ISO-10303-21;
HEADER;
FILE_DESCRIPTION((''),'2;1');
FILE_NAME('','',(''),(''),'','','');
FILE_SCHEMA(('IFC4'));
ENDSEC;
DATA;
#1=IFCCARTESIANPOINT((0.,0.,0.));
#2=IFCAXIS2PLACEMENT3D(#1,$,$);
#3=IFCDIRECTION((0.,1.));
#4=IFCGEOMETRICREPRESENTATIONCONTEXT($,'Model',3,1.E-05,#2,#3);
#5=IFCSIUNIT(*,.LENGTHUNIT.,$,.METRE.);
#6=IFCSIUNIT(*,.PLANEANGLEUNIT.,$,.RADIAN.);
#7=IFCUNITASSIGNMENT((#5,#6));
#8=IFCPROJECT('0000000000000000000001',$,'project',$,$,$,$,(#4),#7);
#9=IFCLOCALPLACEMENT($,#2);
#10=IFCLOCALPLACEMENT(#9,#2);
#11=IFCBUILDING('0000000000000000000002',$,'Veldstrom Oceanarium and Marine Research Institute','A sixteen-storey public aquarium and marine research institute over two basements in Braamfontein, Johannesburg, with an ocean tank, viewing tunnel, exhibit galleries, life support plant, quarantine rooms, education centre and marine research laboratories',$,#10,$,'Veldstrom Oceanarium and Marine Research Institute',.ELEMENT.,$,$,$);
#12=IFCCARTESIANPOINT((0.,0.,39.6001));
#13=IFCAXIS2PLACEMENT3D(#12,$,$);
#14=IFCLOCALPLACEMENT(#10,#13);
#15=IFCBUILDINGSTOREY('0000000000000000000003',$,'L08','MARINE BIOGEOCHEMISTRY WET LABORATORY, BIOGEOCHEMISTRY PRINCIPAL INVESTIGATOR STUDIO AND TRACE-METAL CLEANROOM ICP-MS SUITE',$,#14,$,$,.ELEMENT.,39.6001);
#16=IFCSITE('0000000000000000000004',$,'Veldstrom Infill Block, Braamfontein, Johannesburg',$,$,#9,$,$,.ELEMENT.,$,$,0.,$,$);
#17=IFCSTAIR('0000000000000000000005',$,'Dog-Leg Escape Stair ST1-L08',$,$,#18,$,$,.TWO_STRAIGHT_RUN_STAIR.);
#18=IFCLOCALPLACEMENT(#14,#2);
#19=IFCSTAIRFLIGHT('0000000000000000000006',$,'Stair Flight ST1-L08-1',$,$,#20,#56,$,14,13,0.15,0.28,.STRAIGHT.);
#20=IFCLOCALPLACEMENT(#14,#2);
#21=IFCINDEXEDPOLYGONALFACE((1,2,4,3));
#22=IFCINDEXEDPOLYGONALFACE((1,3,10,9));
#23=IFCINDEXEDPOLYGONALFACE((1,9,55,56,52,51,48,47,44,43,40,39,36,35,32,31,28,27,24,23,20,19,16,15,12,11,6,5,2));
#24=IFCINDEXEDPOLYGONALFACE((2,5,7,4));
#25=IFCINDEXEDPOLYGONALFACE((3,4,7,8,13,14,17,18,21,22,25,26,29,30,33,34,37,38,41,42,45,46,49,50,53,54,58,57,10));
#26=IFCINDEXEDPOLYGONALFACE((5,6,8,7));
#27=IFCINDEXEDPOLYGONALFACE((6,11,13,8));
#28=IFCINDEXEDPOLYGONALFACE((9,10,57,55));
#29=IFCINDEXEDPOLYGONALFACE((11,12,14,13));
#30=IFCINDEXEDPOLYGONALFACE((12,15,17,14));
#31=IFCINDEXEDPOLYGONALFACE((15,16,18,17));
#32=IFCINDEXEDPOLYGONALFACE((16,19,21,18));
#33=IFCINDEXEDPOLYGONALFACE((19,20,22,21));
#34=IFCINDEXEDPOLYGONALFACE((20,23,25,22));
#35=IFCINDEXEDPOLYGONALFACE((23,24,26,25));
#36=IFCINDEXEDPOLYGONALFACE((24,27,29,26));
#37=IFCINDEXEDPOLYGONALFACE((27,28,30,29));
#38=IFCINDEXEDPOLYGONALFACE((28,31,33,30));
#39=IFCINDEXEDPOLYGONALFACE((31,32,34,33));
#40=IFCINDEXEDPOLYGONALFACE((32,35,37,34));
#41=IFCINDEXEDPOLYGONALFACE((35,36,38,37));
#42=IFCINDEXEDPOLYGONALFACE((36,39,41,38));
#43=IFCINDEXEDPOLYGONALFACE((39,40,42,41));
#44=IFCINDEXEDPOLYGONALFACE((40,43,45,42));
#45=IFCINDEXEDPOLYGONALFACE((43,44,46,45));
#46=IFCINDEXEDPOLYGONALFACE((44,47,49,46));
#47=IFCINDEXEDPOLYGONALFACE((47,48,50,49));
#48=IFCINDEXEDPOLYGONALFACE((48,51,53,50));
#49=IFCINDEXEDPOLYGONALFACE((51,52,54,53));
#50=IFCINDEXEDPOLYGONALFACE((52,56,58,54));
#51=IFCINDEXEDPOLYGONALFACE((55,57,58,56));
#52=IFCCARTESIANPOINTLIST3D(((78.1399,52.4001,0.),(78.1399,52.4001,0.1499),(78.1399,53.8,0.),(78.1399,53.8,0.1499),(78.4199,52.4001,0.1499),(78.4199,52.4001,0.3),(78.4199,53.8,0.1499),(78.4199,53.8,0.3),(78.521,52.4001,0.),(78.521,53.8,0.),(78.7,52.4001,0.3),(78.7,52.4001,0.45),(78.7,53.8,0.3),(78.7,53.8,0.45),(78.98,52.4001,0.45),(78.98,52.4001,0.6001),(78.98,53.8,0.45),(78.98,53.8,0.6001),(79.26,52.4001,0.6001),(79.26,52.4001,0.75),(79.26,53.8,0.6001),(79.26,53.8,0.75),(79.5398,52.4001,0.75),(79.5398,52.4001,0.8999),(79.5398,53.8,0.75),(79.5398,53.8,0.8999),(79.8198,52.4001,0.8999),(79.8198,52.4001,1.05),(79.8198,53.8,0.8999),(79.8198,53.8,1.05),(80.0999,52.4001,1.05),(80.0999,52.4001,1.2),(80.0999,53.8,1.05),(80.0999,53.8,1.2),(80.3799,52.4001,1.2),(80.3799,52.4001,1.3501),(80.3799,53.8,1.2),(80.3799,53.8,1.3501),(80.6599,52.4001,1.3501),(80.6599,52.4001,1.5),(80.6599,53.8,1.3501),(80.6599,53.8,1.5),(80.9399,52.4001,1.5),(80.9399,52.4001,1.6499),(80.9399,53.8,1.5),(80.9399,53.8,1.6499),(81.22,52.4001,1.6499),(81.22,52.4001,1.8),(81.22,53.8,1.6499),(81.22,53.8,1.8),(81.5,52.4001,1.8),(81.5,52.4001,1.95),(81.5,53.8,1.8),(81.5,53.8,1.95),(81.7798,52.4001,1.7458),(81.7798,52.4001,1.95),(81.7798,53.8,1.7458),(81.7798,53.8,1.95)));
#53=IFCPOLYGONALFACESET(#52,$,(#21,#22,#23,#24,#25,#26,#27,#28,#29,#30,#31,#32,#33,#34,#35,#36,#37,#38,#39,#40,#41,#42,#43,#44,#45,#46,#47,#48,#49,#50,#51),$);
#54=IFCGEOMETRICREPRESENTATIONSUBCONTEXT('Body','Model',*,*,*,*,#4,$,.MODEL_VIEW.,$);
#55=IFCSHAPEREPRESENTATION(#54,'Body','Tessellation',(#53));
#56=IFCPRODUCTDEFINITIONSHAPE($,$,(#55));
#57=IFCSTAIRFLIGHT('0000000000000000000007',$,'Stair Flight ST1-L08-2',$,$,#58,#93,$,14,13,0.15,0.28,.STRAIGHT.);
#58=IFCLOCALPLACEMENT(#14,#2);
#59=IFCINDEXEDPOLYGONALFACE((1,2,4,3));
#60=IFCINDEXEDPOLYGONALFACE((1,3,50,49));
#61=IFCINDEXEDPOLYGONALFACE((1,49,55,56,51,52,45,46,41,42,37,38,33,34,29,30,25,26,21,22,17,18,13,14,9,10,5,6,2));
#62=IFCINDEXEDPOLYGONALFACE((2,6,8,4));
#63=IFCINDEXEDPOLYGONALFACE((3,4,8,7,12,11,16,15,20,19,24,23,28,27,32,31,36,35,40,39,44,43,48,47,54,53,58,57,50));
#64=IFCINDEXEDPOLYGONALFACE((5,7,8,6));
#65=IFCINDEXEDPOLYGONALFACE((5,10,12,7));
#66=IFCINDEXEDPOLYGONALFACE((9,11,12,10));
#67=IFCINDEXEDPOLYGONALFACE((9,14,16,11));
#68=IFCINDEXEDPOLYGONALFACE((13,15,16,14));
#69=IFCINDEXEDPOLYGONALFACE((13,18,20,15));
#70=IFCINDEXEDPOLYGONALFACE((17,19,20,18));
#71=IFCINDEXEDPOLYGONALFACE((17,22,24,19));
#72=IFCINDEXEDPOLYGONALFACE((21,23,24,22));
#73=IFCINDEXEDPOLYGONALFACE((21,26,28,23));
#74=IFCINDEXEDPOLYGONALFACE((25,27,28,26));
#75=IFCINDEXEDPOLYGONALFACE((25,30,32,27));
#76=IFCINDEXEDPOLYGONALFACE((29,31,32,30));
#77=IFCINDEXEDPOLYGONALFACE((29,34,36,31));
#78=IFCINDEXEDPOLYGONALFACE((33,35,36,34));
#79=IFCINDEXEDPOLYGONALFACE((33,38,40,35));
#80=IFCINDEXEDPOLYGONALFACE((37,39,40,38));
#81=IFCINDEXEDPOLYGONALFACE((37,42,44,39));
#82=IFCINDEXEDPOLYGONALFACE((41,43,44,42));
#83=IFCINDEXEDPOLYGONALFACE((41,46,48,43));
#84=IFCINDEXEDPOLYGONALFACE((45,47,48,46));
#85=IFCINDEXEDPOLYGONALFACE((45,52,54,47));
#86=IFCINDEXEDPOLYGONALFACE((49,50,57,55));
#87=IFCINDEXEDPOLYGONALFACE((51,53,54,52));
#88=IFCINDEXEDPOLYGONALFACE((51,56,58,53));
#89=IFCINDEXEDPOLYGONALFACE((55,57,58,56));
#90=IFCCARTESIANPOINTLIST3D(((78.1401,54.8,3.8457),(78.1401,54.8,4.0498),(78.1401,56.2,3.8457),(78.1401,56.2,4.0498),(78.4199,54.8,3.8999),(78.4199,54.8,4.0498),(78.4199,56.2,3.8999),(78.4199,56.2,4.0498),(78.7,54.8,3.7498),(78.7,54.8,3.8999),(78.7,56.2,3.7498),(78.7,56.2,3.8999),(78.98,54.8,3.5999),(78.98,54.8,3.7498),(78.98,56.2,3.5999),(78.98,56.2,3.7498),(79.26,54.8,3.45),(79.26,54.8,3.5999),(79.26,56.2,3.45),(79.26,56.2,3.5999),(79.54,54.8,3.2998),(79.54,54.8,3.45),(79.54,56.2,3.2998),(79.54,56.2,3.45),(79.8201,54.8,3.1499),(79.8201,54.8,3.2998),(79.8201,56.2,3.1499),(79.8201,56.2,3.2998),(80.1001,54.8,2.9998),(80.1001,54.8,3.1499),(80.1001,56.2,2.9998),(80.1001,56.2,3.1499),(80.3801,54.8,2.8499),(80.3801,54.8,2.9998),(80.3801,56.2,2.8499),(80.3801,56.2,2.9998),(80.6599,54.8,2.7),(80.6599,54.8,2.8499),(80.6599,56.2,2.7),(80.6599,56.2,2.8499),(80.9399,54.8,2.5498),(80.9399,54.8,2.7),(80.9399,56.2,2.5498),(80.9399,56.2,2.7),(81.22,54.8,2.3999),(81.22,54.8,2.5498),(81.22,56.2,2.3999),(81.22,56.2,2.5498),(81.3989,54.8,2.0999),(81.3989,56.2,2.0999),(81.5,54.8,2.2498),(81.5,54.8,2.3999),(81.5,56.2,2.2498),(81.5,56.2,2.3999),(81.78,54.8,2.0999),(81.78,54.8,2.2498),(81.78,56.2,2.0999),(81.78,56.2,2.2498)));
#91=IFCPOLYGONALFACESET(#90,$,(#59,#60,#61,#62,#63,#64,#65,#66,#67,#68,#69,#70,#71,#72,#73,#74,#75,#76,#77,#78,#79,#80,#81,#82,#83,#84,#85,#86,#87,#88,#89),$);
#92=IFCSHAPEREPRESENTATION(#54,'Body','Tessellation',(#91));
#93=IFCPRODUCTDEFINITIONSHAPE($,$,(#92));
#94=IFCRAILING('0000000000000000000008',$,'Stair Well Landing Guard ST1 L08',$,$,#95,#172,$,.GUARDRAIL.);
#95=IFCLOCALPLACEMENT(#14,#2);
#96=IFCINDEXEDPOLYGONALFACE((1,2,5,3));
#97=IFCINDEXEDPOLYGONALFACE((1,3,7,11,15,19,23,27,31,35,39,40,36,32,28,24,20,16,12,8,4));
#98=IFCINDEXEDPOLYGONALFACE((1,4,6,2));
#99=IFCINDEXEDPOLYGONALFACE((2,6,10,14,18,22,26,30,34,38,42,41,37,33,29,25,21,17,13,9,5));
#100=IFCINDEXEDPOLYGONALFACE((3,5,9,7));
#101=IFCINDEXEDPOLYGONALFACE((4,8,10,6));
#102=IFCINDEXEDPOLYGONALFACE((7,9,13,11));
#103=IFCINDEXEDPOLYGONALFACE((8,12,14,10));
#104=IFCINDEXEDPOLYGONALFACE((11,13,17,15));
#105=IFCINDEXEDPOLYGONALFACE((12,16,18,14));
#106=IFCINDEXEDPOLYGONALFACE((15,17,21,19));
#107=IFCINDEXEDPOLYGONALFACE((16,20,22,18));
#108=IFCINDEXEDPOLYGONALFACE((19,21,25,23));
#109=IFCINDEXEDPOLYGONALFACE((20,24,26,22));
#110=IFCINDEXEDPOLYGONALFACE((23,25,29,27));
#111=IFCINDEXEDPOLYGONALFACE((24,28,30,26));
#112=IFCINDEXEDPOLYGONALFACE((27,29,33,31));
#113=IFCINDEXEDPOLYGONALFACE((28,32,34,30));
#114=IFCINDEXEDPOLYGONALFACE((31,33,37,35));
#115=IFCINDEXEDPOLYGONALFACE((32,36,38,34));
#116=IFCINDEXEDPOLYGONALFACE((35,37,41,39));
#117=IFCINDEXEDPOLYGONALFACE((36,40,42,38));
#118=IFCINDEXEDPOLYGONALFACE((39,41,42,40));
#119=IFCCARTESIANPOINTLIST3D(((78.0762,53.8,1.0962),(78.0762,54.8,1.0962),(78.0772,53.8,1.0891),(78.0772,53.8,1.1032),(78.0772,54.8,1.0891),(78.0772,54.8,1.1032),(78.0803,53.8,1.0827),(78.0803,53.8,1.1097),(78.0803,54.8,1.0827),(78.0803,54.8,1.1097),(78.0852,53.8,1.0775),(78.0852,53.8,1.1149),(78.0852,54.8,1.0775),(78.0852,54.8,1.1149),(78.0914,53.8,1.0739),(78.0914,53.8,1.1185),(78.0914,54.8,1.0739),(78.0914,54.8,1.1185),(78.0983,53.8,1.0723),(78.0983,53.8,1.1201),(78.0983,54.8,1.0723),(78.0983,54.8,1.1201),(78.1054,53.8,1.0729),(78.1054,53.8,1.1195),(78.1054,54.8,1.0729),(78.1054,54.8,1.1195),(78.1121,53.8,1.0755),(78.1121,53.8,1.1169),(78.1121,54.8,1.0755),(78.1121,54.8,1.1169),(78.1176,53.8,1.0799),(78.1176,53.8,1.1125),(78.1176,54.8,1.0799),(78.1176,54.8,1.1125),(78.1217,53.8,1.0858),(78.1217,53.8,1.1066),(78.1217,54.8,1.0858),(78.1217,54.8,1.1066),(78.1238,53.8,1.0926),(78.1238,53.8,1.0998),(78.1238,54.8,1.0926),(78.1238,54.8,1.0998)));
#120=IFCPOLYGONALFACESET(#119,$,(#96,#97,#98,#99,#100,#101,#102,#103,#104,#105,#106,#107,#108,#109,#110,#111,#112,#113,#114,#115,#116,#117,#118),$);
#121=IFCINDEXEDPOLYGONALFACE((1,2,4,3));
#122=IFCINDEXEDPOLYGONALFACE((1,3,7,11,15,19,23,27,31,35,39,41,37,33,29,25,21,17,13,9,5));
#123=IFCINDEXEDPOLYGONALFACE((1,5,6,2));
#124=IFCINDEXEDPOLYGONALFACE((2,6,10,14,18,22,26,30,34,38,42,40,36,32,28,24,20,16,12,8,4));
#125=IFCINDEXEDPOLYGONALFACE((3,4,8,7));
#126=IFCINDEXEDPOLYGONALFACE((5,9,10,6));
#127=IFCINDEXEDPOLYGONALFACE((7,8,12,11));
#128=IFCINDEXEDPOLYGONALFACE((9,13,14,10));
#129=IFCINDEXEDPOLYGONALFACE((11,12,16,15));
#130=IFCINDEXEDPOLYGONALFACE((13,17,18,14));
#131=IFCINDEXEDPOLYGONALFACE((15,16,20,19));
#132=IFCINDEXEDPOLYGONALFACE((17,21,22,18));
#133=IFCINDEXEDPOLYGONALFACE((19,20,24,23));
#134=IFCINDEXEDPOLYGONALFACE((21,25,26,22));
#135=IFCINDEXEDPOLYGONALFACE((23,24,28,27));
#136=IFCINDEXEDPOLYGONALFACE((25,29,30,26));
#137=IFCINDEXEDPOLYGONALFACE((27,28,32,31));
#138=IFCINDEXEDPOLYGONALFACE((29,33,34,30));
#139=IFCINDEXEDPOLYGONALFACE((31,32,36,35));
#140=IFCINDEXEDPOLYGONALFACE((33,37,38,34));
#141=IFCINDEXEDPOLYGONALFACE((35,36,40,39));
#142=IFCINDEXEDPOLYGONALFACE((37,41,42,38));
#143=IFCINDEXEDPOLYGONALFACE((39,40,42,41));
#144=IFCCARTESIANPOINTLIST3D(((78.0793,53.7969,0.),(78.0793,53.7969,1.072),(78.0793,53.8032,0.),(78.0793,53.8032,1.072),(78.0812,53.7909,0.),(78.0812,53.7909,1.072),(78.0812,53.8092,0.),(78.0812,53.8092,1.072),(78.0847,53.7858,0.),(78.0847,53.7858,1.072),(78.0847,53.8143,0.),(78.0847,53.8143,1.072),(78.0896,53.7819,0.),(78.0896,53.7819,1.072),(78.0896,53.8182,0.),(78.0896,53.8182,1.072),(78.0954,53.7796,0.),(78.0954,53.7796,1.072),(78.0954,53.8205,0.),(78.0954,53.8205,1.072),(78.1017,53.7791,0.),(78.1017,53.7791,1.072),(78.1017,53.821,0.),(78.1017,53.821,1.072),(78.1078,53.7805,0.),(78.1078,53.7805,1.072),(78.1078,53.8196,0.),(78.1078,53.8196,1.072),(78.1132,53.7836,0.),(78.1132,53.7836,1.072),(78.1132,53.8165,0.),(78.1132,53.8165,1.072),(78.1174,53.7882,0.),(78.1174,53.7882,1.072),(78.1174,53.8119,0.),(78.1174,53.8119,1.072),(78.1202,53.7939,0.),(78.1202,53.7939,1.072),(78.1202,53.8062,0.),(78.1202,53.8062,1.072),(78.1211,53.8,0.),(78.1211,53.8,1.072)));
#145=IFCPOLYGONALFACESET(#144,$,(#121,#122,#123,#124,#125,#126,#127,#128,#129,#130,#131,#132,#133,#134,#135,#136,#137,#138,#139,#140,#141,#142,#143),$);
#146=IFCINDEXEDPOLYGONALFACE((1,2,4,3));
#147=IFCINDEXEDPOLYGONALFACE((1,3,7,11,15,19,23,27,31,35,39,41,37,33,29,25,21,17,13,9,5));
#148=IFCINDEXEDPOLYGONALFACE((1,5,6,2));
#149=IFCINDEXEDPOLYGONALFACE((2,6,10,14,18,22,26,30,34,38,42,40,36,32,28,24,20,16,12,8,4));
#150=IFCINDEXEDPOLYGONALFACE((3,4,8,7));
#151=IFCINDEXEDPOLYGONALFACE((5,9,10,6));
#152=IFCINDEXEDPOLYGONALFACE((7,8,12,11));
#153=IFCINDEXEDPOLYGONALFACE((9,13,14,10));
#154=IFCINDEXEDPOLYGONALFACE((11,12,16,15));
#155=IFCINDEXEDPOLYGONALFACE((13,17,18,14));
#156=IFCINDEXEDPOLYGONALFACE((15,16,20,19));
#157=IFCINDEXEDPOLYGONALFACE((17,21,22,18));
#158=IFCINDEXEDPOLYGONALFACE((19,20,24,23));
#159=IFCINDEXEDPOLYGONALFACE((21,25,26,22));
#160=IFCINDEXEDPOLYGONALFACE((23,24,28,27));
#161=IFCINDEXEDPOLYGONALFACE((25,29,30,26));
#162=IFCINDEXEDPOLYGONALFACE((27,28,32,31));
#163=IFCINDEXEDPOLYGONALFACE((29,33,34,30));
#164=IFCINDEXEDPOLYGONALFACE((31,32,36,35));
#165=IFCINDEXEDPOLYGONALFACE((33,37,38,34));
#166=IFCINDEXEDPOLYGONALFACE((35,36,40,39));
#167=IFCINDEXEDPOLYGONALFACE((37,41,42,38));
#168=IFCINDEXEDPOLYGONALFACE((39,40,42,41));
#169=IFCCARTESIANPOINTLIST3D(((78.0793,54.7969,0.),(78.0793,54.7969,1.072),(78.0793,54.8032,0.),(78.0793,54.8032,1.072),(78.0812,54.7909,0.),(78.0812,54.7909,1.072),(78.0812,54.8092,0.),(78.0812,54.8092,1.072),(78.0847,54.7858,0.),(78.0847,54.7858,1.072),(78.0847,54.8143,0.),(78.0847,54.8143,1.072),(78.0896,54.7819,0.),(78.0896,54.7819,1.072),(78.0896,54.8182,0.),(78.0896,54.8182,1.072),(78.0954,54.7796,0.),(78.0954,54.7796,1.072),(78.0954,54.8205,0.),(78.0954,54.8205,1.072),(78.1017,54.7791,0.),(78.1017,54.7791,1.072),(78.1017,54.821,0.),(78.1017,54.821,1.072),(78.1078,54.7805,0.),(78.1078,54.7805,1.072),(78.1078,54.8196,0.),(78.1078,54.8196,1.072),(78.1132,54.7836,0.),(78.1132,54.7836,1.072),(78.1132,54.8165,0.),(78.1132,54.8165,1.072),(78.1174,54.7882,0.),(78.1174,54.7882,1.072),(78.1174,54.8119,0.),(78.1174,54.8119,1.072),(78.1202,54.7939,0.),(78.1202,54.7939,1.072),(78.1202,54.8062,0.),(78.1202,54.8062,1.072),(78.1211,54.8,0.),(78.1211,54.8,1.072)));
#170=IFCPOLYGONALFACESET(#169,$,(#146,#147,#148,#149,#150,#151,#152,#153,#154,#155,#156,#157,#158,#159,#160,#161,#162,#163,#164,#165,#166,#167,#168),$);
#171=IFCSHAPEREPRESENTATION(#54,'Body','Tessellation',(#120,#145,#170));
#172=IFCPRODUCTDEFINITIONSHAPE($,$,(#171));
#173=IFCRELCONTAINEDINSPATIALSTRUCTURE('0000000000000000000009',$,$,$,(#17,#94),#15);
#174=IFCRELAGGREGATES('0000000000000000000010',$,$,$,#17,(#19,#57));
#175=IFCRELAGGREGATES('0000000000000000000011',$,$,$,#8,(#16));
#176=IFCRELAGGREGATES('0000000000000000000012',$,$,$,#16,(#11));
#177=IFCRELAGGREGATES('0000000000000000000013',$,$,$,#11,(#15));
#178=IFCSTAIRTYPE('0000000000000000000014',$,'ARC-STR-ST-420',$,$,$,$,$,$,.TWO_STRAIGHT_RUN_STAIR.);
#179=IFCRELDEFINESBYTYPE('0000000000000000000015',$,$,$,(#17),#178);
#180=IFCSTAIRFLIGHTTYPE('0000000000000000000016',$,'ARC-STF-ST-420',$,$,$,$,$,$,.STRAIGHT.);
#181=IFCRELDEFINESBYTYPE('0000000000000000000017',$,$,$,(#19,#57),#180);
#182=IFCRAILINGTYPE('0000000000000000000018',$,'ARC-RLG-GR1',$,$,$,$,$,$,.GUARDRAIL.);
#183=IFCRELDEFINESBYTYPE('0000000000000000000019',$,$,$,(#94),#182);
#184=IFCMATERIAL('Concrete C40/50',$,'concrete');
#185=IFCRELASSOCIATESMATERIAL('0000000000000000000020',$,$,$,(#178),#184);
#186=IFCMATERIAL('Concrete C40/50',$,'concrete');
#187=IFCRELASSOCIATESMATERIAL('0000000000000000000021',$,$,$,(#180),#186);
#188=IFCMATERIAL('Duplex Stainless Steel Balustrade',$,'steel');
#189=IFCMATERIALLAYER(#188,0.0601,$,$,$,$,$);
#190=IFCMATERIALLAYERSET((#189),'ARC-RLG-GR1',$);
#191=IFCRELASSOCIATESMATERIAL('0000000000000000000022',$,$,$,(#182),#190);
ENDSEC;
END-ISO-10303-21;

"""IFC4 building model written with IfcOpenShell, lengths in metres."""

from ifc_helpers import new_model, si_unit, direction, frame, origin, origin_2d, place, context, subcontext, project, spatial, polyline, circle, outline, extrude, material, layer, layer_set, type_object, element, aggregate, save


model = new_model("IFC4")

# Units and contexts
model_context = context("Model", 3, precision=1e-05, world=origin(), true_north=direction((0.0, 1.0)))
body_context = subcontext(model_context, "Body", "Model", "MODEL_VIEW")
ifc_project = project(units=[si_unit("LENGTHUNIT", "METRE"), si_unit("PLANEANGLEUNIT", "RADIAN")], contexts=[model_context])

# Site, building, storey
site_placement = place(None, origin())
site = spatial("IfcSite", under=ifc_project, at=site_placement, Name="Veldstrom Infill Block, Braamfontein, Johannesburg", CompositionType="ELEMENT", RefElevation=0.0)
building_placement = place(site_placement, origin())
building = spatial("IfcBuilding", under=site, at=building_placement, Name="Veldstrom Oceanarium and Marine Research Institute", Description="A sixteen-storey public aquarium and marine research institute over two basements in Braamfontein, Johannesburg, with an ocean tank, viewing tunnel, exhibit galleries, life support plant, quarantine rooms, education centre and marine research laboratories", LongName="Veldstrom Oceanarium and Marine Research Institute", CompositionType="ELEMENT")
storey_placement = place(building_placement, frame((0.0, 0.0, 39.6001)))
storey = spatial("IfcBuildingStorey", under=building, at=storey_placement, Name="L08", Description="MARINE BIOGEOCHEMISTRY WET LABORATORY, BIOGEOCHEMISTRY PRINCIPAL INVESTIGATOR STUDIO AND TRACE-METAL CLEANROOM ICP-MS SUITE", CompositionType="ELEMENT", Elevation=39.6001)

# Stair, stair flights
ifc_material_1 = material(Name="Concrete C40/50", Category="concrete")
stair_type = type_object("IfcStairType", Name="ARC-STR-ST-420", PredefinedType="TWO_STRAIGHT_RUN_STAIR", material=ifc_material_1)
stair_placement = place(storey_placement, origin())
stair = element("IfcStair", 1, at=stair_placement, inside=storey, type_object=stair_type, Name="Dog-Leg Escape Stair ST1-L08", PredefinedType="TWO_STRAIGHT_RUN_STAIR")
ifc_material_2 = material(Name="Concrete C40/50", Category="concrete")
stair_flight_type = type_object("IfcStairFlightType", Name="ARC-STF-ST-420", PredefinedType="STRAIGHT", material=ifc_material_2)
stair_flight_1_placement = place(storey_placement, frame((78.1399, 53.1001, 0.0), z_axis=(0.0, 0.0, 1.0), x_axis=(1.0, 0.0, 0.0)))
stair_flight_1 = element("IfcStairFlight", 2, at=stair_flight_1_placement, type_object=stair_flight_type, Name="Stair Flight ST1-L08-1", NumberOfRisers=14, NumberOfTreads=13, PredefinedType="STRAIGHT", RiserHeight=0.15, TreadLength=0.28, context=body_context, shape_type="SweptSolid", body=[
    extrude(outline(polyline([(0.0, 0.0), (0.0, 0.1499), (0.28, 0.1499), (0.28, 0.3), (0.5601, 0.3), (0.5601, 0.45), (0.8401, 0.45), (0.8401, 0.6001), (1.1201, 0.6001), (1.1201, 0.75), (1.3999, 0.75), (1.3999, 0.8999), (1.6799, 0.8999), (1.6799, 1.05), (1.96, 1.05), (1.96, 1.2), (2.24, 1.2), (2.24, 1.3501), (2.52, 1.3501), (2.52, 1.5), (2.8, 1.5), (2.8, 1.6499), (3.0801, 1.6499), (3.0801, 1.8), (3.3601, 1.8), (3.3601, 1.95), (3.6399, 1.95), (3.6399, 2.1001), (3.6399, 1.7458), (0.3811, 0.0), (0.0, 0.0)])), frame((0.0, 0.7, 0.0), z_axis=(0.0, -1.0, 0.0), x_axis=(1.0, 0.0, 0.0)), (0.0, 0.0, 1.0), 1.3999),
])
stair_flight_2_placement = place(storey_placement, frame((81.78, 55.5, 2.0999), z_axis=(0.0, 0.0, 1.0), x_axis=(-1.0, 0.0, 0.0)))
stair_flight_2 = element("IfcStairFlight", 3, at=stair_flight_2_placement, type_object=stair_flight_type, Name="Stair Flight ST1-L08-2", NumberOfRisers=14, NumberOfTreads=13, PredefinedType="STRAIGHT", RiserHeight=0.15, TreadLength=0.28, context=body_context, shape_type="SweptSolid", body=[
    extrude(outline(polyline([(0.0, 0.0), (0.0, 0.1499), (0.28, 0.1499), (0.28, 0.3), (0.5601, 0.3), (0.5601, 0.45), (0.8401, 0.45), (0.8401, 0.6001), (1.1201, 0.6001), (1.1201, 0.75), (1.3999, 0.75), (1.3999, 0.8999), (1.6799, 0.8999), (1.6799, 1.05), (1.96, 1.05), (1.96, 1.2), (2.24, 1.2), (2.24, 1.3501), (2.52, 1.3501), (2.52, 1.5), (2.8, 1.5), (2.8, 1.6499), (3.0801, 1.6499), (3.0801, 1.8), (3.3601, 1.8), (3.3601, 1.95), (3.6399, 1.95), (3.6399, 2.1001), (3.6399, 1.7458), (0.3811, 0.0), (0.0, 0.0)])), frame((0.0, 0.7, 0.0), z_axis=(0.0, -1.0, 0.0), x_axis=(1.0, 0.0, 0.0)), (0.0, 0.0, 1.0), 1.3999),
])
aggregate(stair, [stair_flight_1, stair_flight_2])

# Railing
ifc_material_3 = material(Name="Duplex Stainless Steel Balustrade", Category="steel")
ifc_layer_1 = layer(ifc_material_3, 0.0601)
ifc_layer_set_1 = layer_set([ifc_layer_1], Name="ARC-RLG-GR1")
railing_type_1 = type_object("IfcRailingType", Name="ARC-RLG-GR1", PredefinedType="GUARDRAIL", material=ifc_layer_set_1)
railing_1_placement = place(storey_placement, frame((78.1001, 53.8, 0.0)))
element("IfcRailing", 4, at=railing_1_placement, inside=storey, type_object=railing_type_1, Name="Stair Well Landing Guard ST1 L08", PredefinedType="GUARDRAIL", context=body_context, shape_type="SweptSolid", body=[
    extrude(circle(Radius=0.0239, at=origin_2d()), frame((0.0, 0.0, 1.0962), z_axis=(0.0, 1.0, 0.0), x_axis=(-1.0, 0.0, 0.0)), (0.0, 0.0, 1.0), 1.0),
    extrude(circle(Radius=0.021, at=origin_2d()), origin(), (0.0, 0.0, 1.0), 1.072),
    extrude(circle(Radius=0.021, at=origin_2d()), frame((0.0, 1.0, 0.0)), (0.0, 0.0, 1.0), 1.072),
])

save(model, "model.ifc")
